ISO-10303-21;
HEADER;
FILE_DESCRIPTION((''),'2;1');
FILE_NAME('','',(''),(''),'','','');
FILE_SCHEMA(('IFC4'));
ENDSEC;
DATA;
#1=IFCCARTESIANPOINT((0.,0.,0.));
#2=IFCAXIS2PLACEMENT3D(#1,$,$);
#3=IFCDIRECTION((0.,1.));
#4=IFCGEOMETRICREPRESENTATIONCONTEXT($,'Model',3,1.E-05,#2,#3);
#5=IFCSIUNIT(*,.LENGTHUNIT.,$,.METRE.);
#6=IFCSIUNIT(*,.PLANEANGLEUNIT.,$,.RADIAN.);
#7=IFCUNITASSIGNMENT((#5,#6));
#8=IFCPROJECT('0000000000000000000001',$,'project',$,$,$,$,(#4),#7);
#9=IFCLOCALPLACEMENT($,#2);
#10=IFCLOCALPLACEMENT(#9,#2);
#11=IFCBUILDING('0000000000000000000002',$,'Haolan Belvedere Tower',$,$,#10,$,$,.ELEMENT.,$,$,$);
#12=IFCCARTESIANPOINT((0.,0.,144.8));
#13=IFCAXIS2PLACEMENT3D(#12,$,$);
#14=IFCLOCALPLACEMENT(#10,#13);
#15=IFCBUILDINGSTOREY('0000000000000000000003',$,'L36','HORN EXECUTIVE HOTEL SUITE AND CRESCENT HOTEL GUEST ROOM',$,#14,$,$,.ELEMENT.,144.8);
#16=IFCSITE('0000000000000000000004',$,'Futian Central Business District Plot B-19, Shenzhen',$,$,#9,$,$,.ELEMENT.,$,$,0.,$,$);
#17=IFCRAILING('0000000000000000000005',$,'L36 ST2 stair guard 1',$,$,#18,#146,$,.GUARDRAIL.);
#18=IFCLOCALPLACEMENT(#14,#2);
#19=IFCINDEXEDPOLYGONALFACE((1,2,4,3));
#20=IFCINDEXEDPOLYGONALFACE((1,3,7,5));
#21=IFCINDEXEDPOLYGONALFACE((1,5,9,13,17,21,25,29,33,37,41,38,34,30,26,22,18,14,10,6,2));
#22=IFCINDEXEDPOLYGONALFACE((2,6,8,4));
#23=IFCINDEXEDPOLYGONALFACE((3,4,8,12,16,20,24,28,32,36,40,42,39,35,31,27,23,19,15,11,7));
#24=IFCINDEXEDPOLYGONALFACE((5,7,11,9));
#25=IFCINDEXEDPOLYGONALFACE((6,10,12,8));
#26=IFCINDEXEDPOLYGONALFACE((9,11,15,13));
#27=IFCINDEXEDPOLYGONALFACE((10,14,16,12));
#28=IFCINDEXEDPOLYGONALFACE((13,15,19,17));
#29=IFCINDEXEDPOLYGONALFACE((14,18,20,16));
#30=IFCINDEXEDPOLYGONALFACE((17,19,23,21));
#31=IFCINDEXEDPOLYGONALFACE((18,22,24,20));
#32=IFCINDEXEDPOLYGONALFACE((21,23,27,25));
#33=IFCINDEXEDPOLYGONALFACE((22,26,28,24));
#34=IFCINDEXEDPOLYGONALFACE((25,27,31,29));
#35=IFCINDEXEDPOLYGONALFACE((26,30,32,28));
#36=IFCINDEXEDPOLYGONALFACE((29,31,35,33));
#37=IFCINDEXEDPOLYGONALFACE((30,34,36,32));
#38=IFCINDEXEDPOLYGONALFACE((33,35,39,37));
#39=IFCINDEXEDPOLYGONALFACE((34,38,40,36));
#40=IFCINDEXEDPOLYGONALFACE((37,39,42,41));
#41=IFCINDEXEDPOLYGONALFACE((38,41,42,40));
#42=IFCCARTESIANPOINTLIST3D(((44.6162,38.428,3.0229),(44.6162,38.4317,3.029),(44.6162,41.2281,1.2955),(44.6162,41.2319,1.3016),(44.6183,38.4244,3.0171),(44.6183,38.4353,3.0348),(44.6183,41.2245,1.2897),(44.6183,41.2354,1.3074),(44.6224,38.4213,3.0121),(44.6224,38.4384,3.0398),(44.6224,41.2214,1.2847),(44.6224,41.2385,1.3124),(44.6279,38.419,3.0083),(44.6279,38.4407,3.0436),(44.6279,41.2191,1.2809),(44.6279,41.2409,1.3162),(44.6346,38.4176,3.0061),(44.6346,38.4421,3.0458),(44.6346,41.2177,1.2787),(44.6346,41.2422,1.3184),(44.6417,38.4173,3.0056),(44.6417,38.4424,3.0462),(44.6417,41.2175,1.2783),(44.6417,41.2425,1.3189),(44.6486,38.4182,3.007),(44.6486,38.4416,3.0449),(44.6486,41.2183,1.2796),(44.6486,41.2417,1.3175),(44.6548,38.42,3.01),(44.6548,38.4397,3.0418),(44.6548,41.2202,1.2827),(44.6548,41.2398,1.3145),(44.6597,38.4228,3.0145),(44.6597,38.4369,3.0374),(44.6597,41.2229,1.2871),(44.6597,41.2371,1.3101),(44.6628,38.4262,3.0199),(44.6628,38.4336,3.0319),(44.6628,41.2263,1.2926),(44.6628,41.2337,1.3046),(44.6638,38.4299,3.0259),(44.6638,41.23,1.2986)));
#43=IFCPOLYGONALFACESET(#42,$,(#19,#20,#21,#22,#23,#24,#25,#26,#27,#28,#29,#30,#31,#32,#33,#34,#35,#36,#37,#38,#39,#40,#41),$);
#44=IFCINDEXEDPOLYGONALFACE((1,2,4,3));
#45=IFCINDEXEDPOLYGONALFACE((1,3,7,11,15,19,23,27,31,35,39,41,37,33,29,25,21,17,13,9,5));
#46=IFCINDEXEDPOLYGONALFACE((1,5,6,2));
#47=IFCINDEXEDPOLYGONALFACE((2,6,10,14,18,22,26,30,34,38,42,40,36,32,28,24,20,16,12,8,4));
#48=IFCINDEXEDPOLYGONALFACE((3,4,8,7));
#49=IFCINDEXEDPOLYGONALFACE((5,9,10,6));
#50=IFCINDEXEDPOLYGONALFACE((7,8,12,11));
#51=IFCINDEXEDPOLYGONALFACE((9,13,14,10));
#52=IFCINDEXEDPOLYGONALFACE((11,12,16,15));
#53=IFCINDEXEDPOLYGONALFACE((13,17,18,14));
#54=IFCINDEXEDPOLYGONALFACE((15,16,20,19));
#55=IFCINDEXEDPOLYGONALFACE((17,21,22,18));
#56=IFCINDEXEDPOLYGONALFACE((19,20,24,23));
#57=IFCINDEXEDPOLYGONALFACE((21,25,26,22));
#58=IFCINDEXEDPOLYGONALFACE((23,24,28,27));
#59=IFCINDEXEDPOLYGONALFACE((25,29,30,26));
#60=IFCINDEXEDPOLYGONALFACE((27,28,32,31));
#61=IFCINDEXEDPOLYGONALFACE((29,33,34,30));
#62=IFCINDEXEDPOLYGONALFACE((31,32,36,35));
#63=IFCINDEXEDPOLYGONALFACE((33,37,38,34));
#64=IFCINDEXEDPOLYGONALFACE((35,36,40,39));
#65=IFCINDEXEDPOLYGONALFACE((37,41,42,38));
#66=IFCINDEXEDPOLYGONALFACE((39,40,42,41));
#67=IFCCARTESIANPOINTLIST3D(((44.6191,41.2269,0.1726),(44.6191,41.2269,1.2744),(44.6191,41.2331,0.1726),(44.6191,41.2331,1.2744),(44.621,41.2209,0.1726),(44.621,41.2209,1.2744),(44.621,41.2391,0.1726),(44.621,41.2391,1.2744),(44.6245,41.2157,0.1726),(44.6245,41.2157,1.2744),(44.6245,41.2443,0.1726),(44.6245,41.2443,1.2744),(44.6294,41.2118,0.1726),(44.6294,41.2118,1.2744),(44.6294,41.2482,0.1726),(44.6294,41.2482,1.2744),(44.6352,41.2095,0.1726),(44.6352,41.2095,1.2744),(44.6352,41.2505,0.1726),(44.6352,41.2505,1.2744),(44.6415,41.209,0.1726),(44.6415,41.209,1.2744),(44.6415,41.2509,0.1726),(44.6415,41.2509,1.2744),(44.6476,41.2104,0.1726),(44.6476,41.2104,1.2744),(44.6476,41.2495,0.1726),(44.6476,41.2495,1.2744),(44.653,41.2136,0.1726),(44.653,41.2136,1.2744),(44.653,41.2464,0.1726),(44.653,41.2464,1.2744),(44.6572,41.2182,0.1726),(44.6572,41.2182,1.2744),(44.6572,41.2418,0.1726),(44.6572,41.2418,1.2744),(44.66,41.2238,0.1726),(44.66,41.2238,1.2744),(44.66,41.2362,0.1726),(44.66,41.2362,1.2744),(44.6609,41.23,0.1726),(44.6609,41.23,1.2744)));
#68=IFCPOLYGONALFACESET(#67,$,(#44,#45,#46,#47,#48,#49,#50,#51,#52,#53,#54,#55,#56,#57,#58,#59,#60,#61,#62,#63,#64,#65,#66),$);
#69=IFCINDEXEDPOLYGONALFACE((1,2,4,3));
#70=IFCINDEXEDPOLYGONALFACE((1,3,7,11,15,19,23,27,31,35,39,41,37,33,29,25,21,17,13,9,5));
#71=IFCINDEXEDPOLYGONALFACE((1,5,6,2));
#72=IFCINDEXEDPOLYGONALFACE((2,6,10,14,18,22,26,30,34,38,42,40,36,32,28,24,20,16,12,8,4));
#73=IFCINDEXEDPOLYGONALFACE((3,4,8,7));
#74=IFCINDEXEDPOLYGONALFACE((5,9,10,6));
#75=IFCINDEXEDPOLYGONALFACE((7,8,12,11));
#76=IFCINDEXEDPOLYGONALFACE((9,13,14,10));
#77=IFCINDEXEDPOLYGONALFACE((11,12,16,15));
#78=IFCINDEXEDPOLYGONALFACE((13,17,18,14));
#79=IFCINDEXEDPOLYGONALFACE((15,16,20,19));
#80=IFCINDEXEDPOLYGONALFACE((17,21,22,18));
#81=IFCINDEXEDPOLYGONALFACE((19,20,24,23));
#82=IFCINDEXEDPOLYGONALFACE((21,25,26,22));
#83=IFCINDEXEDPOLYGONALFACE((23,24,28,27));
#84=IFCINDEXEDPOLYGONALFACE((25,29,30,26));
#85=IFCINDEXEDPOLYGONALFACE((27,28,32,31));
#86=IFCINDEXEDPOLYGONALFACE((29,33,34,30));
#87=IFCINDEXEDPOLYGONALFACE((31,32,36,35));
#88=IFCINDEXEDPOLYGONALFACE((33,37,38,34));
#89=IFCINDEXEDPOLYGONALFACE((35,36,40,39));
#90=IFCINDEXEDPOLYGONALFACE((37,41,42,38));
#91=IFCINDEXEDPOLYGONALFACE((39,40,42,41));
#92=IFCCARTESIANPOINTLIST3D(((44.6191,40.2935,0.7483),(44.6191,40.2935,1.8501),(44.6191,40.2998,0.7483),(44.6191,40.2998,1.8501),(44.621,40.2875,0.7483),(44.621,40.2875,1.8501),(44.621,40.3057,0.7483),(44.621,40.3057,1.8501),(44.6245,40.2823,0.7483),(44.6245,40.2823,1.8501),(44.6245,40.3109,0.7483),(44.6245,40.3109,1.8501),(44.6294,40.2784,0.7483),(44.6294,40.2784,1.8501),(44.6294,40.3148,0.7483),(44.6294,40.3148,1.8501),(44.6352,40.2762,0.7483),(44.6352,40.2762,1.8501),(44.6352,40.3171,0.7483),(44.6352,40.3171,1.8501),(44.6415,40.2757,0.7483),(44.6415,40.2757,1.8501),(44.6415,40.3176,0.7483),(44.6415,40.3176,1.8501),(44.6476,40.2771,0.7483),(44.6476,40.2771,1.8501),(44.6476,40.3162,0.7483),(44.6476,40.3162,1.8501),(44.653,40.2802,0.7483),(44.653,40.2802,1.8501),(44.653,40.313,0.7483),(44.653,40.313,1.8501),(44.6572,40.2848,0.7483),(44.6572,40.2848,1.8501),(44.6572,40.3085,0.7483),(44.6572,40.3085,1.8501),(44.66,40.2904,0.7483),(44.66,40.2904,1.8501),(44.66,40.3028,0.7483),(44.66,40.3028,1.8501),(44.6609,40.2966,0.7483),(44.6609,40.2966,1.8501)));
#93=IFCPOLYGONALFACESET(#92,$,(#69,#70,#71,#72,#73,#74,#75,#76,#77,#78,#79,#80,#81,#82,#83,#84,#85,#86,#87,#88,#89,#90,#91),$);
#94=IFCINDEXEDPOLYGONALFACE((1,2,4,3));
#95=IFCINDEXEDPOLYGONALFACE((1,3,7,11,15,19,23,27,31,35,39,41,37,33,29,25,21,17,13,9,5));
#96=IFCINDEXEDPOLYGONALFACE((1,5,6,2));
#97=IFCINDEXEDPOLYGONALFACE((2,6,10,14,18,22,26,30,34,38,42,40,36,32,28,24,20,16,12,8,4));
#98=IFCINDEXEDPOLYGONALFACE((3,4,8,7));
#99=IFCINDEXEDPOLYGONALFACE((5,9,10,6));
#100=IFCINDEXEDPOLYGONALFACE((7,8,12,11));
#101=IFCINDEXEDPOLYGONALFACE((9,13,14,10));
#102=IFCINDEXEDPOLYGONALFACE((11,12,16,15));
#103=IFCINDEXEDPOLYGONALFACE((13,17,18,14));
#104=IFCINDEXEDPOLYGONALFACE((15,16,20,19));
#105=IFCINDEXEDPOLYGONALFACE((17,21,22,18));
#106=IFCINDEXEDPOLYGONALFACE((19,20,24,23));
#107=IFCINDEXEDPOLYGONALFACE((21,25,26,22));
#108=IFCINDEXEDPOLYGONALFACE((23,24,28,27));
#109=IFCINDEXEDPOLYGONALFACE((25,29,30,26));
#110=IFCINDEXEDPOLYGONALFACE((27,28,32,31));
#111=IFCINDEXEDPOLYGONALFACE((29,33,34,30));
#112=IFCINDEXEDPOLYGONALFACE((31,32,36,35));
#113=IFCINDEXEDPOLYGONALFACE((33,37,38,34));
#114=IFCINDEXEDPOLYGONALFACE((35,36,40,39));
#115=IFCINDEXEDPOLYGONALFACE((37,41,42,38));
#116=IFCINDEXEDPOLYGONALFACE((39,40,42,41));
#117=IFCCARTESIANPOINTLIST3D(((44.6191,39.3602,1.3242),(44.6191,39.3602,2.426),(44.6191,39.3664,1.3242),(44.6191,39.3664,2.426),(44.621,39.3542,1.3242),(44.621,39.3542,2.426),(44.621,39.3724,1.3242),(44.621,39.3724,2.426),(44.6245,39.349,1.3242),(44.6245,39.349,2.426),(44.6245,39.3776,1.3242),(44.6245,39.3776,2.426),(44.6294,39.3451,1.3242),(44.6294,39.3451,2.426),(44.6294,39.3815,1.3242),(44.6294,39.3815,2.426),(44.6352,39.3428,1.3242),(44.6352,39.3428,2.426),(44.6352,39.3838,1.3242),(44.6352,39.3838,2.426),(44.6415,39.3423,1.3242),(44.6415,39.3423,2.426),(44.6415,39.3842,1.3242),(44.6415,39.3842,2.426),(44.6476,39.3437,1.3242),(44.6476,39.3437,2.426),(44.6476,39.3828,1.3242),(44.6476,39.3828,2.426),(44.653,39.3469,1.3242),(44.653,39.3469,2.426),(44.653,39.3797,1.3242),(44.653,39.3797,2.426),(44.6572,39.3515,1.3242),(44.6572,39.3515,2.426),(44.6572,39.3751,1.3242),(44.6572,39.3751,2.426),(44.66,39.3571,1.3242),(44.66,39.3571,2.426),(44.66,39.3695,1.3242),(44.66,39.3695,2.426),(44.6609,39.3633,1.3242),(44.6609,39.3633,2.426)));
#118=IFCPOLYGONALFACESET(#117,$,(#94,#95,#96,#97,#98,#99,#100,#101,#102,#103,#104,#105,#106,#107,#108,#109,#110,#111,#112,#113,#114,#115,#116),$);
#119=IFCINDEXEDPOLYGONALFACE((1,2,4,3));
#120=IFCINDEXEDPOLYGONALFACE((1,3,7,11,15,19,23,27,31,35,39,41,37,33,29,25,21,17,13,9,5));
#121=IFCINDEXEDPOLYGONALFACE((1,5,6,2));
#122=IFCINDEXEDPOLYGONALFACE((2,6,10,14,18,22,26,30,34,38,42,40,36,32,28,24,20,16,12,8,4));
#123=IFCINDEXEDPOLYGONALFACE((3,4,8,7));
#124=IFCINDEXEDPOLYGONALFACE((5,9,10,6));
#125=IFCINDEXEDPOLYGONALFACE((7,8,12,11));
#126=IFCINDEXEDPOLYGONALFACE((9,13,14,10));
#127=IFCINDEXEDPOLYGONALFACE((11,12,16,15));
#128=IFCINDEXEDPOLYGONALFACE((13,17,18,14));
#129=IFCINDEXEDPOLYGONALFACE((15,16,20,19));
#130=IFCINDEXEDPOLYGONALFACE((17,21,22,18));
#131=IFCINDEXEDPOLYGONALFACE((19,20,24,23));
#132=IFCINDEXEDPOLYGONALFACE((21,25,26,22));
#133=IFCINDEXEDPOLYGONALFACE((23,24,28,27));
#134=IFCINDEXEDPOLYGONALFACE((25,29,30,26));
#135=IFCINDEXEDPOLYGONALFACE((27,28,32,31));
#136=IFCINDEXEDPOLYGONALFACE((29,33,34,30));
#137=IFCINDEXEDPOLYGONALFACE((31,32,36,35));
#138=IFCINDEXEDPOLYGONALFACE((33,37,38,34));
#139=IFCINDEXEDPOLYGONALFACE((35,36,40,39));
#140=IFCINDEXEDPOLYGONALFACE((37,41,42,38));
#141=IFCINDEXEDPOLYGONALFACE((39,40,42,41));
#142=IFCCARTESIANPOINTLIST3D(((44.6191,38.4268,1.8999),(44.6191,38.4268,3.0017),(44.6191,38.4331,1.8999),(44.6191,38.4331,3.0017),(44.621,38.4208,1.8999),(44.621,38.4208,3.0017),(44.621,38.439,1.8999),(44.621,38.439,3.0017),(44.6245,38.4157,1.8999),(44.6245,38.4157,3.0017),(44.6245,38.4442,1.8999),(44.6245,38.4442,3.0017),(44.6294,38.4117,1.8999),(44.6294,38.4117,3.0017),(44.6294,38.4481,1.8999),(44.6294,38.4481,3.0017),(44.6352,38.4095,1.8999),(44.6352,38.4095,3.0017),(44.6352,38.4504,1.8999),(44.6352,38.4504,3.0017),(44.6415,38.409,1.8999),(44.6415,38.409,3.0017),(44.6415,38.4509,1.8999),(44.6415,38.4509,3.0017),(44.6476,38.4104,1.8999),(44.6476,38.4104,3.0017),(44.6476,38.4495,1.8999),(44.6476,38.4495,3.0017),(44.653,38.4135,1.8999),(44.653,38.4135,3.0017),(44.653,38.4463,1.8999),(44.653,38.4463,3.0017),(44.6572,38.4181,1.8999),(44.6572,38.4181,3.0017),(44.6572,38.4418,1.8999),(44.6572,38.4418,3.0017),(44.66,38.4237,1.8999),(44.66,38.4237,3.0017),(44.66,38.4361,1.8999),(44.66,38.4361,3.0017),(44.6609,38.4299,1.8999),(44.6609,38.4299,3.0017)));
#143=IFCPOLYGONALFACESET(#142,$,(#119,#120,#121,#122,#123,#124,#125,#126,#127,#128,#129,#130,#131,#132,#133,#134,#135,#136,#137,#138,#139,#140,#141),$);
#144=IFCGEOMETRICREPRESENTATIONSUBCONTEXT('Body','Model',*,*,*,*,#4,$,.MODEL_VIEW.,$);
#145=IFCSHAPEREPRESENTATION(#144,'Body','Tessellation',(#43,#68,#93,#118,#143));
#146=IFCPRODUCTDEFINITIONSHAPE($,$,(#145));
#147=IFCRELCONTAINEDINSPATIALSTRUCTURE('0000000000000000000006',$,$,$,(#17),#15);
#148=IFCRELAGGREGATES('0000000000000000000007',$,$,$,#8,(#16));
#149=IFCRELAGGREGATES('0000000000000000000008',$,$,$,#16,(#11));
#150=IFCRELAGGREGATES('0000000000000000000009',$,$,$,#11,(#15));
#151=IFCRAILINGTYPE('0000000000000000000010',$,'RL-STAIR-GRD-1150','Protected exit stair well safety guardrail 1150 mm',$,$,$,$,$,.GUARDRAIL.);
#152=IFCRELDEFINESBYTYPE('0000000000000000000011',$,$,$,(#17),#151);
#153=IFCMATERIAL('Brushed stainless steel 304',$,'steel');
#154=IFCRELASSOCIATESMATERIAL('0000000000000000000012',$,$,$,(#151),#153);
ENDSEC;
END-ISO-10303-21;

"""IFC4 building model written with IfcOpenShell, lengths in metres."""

from ifc_helpers import new_model, si_unit, direction, frame, origin, origin_2d, place, context, subcontext, project, spatial, circle, extrude, material, type_object, element, save


model = new_model("IFC4")

# Units and contexts
model_context = context("Model", 3, precision=1e-05, world=origin(), true_north=direction((0.0, 1.0)))
body_context = subcontext(model_context, "Body", "Model", "MODEL_VIEW")
ifc_project = project(units=[si_unit("LENGTHUNIT", "METRE"), si_unit("PLANEANGLEUNIT", "RADIAN")], contexts=[model_context])

# Site, building, storey
site_placement = place(None, origin())
site = spatial("IfcSite", under=ifc_project, at=site_placement, Name="Futian Central Business District Plot B-19, Shenzhen", CompositionType="ELEMENT", RefElevation=0.0)
building_placement = place(site_placement, origin())
building = spatial("IfcBuilding", under=site, at=building_placement, Name="Haolan Belvedere Tower", CompositionType="ELEMENT")
storey_placement = place(building_placement, frame((0.0, 0.0, 144.8)))
storey = spatial("IfcBuildingStorey", under=building, at=storey_placement, Name="L36", Description="HORN EXECUTIVE HOTEL SUITE AND CRESCENT HOTEL GUEST ROOM", CompositionType="ELEMENT", Elevation=144.8)

# Railing
ifc_material_1 = material(Name="Brushed stainless steel 304", Category="steel")
railing_type_1 = type_object("IfcRailingType", Name="RL-STAIR-GRD-1150", Description="Protected exit stair well safety guardrail 1150 mm", PredefinedType="GUARDRAIL", material=ifc_material_1)
railing_1_placement = place(storey_placement, frame((44.6399, 41.23, 0.1726)))
element("IfcRailing", 1, at=railing_1_placement, inside=storey, type_object=railing_type_1, Name="L36 ST2 stair guard 1", PredefinedType="GUARDRAIL", context=body_context, shape_type="SweptSolid", body=[
    extrude(circle(Radius=0.0239, at=origin_2d()), frame((0.0, 0.0, 1.126), z_axis=(0.0, -0.85109, 0.52502), x_axis=(1.0, 0.0, 0.0)), (0.0, 0.0, 1.0), 3.29),
    extrude(circle(Radius=0.021, at=origin_2d()), origin(), (0.0, 0.0, 1.0), 1.1018),
    extrude(circle(Radius=0.021, at=origin_2d()), frame((0.0, -0.9333, 0.5757)), (0.0, 0.0, 1.0), 1.1018),
    extrude(circle(Radius=0.021, at=origin_2d()), frame((0.0, -1.8667, 1.1516)), (0.0, 0.0, 1.0), 1.1018),
    extrude(circle(Radius=0.021, at=origin_2d()), frame((0.0, -2.8, 1.7273)), (0.0, 0.0, 1.0), 1.1018),
])

save(model, "model.ifc")
